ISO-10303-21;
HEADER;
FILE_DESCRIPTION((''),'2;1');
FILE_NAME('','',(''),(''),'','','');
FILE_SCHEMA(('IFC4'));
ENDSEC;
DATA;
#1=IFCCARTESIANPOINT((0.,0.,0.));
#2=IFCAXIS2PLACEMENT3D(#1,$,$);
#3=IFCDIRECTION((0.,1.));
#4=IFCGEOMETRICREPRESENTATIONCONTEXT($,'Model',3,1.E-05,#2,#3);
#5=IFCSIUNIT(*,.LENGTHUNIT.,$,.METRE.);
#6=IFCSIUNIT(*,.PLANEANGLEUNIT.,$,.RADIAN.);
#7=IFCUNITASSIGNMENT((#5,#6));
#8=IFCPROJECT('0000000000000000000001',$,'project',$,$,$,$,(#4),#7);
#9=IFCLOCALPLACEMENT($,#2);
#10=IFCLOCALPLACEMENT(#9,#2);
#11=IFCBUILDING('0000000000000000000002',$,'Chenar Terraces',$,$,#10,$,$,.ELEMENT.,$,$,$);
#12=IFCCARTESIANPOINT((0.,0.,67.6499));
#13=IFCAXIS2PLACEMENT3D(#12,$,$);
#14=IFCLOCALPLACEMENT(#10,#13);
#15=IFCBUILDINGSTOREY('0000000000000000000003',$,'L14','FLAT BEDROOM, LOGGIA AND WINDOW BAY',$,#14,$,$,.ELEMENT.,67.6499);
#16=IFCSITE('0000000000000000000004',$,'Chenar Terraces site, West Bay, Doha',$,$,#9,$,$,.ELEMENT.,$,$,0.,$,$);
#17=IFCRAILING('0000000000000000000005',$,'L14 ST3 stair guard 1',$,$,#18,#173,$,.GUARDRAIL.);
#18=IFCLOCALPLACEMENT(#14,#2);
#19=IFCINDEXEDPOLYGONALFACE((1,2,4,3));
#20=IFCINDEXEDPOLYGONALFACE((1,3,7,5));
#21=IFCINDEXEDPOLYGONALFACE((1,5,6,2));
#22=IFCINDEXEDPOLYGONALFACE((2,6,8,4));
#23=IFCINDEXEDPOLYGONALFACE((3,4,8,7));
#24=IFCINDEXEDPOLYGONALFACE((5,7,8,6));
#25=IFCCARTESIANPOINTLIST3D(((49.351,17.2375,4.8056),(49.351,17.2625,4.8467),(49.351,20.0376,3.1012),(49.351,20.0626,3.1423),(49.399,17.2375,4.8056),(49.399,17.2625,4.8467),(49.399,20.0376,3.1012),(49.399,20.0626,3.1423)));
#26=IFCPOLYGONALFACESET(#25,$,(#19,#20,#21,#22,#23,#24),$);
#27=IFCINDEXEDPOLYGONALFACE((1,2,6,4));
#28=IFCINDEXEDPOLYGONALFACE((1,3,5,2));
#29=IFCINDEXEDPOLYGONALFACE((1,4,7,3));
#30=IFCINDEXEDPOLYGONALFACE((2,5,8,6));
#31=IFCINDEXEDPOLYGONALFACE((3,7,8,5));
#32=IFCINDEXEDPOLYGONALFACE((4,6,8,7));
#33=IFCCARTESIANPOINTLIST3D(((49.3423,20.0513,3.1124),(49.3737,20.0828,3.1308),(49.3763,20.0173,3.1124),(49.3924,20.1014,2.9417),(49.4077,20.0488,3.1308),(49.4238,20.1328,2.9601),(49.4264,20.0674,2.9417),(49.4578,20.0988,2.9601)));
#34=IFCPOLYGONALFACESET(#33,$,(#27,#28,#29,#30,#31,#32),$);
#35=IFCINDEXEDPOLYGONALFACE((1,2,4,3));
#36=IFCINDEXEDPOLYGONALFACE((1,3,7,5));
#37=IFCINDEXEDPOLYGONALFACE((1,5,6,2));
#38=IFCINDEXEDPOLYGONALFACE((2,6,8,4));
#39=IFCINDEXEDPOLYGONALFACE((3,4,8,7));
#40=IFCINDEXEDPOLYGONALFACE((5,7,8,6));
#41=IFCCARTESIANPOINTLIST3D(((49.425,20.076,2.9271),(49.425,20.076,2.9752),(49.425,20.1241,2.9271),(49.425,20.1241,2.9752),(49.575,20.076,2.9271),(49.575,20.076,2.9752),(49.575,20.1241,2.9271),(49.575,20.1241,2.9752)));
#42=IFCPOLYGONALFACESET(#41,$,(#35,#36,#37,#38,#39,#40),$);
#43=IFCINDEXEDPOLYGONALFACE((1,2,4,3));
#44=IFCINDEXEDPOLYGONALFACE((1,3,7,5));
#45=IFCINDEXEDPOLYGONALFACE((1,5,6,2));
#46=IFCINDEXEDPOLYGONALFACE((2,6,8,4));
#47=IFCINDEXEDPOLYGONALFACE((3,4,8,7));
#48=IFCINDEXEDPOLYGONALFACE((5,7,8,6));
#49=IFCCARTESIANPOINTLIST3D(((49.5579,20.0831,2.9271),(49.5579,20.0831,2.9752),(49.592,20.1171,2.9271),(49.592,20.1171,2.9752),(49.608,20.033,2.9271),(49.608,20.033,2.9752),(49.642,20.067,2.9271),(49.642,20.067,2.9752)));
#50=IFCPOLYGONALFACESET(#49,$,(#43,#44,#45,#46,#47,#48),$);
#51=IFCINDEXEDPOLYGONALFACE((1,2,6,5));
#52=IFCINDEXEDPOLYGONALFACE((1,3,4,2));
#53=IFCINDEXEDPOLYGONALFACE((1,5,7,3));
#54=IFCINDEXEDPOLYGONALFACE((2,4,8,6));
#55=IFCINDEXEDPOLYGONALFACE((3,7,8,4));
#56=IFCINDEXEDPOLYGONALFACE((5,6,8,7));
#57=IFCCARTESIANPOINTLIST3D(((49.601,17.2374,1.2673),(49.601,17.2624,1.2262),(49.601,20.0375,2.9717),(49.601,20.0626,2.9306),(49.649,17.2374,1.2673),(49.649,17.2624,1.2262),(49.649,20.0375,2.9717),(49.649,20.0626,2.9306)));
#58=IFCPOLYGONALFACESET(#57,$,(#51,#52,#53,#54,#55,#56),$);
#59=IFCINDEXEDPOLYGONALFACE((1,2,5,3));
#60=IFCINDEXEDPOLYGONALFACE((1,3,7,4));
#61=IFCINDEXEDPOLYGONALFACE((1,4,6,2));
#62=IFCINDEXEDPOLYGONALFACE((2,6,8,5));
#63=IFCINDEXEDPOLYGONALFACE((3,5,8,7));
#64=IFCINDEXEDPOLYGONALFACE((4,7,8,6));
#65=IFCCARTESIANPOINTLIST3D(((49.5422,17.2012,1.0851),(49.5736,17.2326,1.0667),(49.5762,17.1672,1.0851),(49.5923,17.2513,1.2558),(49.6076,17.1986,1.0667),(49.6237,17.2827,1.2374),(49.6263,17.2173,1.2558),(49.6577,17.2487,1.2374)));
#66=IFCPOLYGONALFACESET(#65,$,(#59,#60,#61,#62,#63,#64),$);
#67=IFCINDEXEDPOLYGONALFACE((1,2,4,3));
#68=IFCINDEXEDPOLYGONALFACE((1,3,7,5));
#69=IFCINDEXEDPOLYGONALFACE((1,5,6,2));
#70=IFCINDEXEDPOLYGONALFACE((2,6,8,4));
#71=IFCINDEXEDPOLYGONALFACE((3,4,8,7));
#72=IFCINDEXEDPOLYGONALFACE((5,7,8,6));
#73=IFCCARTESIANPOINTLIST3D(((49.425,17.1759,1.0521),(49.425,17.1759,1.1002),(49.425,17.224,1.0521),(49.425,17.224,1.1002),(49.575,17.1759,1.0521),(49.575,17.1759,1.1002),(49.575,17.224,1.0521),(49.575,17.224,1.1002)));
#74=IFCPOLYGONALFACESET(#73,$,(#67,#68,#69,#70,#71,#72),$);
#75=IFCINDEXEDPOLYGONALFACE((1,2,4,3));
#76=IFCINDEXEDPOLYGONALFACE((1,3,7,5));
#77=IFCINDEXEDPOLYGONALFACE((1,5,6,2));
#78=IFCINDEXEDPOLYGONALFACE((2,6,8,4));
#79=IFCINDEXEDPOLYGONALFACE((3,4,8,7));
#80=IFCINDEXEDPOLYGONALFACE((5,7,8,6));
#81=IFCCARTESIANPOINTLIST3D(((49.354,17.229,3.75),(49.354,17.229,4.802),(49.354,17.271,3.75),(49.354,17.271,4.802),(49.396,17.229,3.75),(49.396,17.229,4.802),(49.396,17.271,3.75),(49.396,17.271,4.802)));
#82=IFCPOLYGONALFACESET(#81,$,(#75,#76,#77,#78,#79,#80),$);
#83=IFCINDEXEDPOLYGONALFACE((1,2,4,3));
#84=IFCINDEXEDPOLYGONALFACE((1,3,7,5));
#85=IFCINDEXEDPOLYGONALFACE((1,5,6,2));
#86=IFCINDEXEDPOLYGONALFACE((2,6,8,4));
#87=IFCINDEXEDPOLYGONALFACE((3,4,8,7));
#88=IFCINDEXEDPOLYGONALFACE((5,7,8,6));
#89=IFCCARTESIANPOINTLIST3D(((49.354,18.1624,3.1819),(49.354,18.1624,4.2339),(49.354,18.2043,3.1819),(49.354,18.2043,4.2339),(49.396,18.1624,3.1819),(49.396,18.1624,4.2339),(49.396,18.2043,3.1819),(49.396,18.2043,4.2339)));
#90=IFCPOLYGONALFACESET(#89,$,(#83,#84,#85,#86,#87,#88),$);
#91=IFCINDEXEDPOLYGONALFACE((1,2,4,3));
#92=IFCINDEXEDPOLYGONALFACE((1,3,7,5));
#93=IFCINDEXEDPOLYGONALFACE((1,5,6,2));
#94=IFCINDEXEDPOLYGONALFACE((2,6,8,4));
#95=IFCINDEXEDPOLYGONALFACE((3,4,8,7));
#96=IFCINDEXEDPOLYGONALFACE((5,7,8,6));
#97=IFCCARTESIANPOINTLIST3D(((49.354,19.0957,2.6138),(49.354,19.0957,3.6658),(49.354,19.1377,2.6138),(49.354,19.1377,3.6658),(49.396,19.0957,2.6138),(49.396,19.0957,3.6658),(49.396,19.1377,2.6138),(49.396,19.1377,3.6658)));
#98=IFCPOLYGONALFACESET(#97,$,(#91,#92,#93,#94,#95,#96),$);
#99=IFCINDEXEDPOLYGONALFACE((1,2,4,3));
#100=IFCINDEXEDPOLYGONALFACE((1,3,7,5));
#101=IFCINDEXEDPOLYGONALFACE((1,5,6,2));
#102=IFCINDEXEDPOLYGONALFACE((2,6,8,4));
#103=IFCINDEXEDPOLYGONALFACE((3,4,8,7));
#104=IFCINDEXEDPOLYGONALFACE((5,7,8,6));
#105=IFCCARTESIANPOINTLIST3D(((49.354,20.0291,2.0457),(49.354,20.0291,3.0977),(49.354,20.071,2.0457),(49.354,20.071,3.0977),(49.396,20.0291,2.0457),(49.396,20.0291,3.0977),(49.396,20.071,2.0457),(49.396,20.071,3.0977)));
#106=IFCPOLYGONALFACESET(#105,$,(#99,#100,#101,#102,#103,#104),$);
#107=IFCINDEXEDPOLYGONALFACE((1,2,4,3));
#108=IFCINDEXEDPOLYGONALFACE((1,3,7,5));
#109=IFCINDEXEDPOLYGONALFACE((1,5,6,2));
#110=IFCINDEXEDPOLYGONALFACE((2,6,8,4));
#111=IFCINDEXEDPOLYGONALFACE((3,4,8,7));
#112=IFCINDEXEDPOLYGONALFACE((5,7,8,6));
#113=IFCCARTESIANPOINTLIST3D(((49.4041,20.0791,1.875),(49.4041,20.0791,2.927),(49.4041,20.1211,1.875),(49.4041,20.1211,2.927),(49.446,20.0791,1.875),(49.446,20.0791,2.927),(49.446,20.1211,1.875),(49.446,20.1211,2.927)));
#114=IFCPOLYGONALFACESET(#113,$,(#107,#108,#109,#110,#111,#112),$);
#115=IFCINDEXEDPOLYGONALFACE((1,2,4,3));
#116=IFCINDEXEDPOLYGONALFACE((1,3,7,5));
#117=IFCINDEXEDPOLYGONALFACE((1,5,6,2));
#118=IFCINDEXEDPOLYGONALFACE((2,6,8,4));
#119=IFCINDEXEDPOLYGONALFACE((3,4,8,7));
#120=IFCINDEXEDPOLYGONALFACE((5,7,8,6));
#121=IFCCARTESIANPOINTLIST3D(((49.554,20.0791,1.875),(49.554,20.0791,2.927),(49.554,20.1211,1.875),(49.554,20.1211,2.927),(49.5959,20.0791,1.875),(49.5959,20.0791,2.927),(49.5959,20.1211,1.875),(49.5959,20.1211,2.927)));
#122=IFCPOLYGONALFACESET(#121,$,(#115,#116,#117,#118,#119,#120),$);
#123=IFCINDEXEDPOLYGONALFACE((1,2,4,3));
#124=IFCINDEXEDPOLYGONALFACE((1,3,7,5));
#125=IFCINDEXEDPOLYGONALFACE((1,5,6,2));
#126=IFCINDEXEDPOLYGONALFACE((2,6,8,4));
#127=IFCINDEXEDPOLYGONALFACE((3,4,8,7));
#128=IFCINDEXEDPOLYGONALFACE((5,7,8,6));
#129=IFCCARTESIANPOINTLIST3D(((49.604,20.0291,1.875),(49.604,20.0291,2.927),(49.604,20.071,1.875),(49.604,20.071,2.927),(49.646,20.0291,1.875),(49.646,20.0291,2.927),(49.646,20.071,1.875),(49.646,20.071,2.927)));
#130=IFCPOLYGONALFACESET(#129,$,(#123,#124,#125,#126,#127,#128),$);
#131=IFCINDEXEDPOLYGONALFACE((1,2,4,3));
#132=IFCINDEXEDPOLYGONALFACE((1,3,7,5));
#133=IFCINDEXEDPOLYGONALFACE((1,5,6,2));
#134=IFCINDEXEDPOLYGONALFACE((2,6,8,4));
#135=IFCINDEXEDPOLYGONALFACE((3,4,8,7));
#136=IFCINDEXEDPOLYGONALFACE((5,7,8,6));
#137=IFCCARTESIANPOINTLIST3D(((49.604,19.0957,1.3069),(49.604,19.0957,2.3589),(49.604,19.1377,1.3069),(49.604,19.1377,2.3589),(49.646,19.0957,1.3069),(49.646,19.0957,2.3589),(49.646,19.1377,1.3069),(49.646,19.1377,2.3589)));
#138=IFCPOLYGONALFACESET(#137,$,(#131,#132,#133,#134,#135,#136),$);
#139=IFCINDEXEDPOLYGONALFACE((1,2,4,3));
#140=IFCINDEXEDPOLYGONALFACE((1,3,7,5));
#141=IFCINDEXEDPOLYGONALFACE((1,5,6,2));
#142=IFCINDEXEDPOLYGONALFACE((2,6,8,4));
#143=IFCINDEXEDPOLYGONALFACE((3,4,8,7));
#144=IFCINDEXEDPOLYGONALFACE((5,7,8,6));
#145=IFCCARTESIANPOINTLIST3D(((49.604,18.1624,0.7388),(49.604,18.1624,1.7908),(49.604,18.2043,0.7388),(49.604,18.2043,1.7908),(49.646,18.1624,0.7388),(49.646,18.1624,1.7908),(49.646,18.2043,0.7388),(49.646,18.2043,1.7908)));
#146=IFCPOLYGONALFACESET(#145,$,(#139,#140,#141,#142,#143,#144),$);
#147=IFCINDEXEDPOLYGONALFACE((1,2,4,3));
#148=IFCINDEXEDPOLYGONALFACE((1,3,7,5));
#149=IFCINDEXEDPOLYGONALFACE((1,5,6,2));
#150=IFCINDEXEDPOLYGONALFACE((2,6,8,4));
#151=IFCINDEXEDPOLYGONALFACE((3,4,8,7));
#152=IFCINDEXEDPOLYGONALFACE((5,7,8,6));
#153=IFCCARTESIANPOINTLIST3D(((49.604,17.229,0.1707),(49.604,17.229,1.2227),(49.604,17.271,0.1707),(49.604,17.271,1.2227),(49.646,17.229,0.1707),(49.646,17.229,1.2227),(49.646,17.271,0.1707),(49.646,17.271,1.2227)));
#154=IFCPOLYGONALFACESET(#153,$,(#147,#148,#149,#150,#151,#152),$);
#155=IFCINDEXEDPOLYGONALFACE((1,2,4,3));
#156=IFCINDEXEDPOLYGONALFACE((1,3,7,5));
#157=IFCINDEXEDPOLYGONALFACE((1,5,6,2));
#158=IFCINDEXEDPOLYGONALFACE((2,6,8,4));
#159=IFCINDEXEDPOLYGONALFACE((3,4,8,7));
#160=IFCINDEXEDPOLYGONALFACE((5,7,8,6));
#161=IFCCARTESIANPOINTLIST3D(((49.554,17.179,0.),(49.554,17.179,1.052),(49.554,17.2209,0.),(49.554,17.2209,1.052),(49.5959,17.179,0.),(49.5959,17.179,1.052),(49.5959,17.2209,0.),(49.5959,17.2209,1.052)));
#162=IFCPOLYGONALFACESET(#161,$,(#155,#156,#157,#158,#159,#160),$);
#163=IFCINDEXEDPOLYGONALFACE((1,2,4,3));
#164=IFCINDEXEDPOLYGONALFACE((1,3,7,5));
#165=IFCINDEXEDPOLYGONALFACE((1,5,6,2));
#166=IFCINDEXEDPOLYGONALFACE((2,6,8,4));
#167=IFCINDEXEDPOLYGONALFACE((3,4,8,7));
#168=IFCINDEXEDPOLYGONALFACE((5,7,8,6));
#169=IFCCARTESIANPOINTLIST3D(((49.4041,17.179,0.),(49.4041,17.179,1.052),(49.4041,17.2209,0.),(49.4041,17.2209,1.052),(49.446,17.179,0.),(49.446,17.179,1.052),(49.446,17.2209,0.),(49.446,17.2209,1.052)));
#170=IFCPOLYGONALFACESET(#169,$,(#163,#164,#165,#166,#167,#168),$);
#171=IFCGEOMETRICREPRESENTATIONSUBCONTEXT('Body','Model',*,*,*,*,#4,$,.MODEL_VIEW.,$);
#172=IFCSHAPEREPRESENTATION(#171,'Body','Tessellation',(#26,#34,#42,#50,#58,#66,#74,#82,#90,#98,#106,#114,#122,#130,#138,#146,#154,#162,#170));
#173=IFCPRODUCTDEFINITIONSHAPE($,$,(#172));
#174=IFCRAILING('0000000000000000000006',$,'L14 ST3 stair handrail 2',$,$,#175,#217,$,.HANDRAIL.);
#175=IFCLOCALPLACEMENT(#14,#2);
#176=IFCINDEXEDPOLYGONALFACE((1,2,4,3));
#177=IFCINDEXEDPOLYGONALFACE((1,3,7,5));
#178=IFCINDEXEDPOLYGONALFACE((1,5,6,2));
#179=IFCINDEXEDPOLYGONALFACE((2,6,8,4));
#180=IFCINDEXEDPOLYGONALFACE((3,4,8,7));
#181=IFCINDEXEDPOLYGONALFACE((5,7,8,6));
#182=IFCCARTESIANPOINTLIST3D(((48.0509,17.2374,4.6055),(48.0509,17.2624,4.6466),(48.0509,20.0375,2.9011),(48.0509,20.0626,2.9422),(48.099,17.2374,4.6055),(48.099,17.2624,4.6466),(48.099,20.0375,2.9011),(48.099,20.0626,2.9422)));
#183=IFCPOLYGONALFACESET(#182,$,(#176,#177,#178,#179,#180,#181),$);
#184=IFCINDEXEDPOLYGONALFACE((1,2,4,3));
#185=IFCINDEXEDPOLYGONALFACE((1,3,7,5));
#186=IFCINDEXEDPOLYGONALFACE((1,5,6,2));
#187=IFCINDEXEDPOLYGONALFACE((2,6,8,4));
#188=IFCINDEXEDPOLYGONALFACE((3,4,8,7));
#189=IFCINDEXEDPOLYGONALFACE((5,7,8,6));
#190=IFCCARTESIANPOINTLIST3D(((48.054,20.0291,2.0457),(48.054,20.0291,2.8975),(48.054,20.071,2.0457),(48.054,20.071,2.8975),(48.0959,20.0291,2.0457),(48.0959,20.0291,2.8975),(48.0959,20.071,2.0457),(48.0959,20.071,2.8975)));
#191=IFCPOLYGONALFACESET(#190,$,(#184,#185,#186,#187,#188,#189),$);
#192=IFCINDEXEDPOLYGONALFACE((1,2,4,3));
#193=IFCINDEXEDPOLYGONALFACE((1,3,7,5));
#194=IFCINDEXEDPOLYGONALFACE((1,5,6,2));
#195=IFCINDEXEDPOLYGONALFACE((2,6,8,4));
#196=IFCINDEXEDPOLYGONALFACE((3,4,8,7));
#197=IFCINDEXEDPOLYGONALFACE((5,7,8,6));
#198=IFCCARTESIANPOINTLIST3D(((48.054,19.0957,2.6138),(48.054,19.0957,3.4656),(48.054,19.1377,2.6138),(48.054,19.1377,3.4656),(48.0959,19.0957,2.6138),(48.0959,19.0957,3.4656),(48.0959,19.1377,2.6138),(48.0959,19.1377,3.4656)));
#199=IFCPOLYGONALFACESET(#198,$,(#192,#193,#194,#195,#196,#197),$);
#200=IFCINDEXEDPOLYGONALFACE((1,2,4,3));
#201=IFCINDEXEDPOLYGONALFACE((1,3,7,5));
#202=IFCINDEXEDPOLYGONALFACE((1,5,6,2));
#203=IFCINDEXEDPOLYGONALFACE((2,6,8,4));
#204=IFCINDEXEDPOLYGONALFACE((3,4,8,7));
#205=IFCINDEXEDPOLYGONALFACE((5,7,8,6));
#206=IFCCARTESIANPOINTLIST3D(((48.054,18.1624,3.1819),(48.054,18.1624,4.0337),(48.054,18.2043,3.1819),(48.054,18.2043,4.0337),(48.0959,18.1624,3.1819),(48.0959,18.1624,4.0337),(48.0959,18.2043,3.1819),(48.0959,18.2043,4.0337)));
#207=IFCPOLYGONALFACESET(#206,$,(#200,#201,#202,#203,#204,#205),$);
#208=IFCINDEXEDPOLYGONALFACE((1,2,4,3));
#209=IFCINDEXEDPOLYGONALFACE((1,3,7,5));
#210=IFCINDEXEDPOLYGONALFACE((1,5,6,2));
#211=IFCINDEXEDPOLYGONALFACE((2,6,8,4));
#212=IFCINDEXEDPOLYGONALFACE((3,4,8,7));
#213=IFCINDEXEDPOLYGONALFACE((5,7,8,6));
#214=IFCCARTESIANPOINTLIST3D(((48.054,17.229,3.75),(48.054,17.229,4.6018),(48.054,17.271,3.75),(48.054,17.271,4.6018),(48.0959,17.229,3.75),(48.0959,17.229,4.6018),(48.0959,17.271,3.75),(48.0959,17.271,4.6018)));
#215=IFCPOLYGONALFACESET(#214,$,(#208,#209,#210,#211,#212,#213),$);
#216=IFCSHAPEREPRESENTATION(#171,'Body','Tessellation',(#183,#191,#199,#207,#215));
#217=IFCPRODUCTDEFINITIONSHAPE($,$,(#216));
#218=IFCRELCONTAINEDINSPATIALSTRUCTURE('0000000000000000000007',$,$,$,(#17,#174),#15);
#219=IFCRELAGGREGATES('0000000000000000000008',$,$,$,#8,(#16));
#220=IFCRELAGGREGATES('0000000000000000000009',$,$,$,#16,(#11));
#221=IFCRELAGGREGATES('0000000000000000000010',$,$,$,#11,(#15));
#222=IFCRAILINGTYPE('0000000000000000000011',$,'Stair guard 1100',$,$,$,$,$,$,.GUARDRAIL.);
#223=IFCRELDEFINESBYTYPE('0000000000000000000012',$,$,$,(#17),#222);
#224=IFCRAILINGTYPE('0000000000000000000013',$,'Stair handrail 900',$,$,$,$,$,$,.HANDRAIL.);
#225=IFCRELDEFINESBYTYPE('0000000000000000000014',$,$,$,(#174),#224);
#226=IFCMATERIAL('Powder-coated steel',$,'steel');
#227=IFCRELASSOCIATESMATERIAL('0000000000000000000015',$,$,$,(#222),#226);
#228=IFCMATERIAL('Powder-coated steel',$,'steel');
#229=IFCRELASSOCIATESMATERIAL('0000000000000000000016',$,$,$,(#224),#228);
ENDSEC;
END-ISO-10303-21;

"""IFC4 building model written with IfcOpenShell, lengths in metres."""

from ifc_helpers import new_model, si_unit, direction, frame, origin, origin_2d, place, context, subcontext, project, spatial, rectangle, extrude, material, type_object, element, save


model = new_model("IFC4")

# Units and contexts
model_context = context("Model", 3, precision=1e-05, world=origin(), true_north=direction((0.0, 1.0)))
body_context = subcontext(model_context, "Body", "Model", "MODEL_VIEW")
ifc_project = project(units=[si_unit("LENGTHUNIT", "METRE"), si_unit("PLANEANGLEUNIT", "RADIAN")], contexts=[model_context])

# Site, building, storey
site_placement = place(None, origin())
site = spatial("IfcSite", under=ifc_project, at=site_placement, Name="Chenar Terraces site, West Bay, Doha", CompositionType="ELEMENT", RefElevation=0.0)
building_placement = place(site_placement, origin())
building = spatial("IfcBuilding", under=site, at=building_placement, Name="Chenar Terraces", CompositionType="ELEMENT")
storey_placement = place(building_placement, frame((0.0, 0.0, 67.6499)))
storey = spatial("IfcBuildingStorey", under=building, at=storey_placement, Name="L14", Description="FLAT BEDROOM, LOGGIA AND WINDOW BAY", CompositionType="ELEMENT", Elevation=67.6499)

# Railings
ifc_material_1 = material(Name="Powder-coated steel", Category="steel")
railing_type_1 = type_object("IfcRailingType", Name="Stair guard 1100", PredefinedType="GUARDRAIL", material=ifc_material_1)
railing_1_placement = place(storey_placement, frame((49.375, 17.25, 3.75)))
element("IfcRailing", 1, at=railing_1_placement, inside=storey, type_object=railing_type_1, Name="L14 ST3 stair guard 1", PredefinedType="GUARDRAIL", context=body_context, shape_type="SweptSolid", body=[
    extrude(rectangle(XDim=0.0481, YDim=0.0481, at=origin_2d()), frame((0.0, 0.0, 1.0762), z_axis=(0.0, 0.854203, -0.51994), x_axis=(-1.0, 0.0, 0.0)), (0.0, 0.0, 1.0), 3.2781),
    extrude(rectangle(XDim=0.0481, YDim=0.0481, at=origin_2d()), frame((0.0, 2.8, -0.6284), z_axis=(0.2709, 0.2709, -0.923703), x_axis=(-0.707107, 0.707107, 0.0)), (0.0, 0.0, 1.0), 0.1848),
    extrude(rectangle(XDim=0.0481, YDim=0.0481, at=origin_2d()), frame((0.05, 2.8501, -0.7988), z_axis=(1.0, 0.0, 0.0), x_axis=(0.0, 1.0, 0.0)), (0.0, 0.0, 1.0), 0.1499),
    extrude(rectangle(XDim=0.0481, YDim=0.0481, at=origin_2d()), frame((0.2, 2.8501, -0.7988), z_axis=(0.707107, -0.707107, 0.0), x_axis=(0.707107, 0.707107, 0.0)), (0.0, 0.0, 1.0), 0.0708),
    extrude(rectangle(XDim=0.0481, YDim=0.0481, at=origin_2d()), frame((0.25, 2.8, -0.7988), z_axis=(0.0, -0.854203, -0.51994), x_axis=(1.0, 0.0, 0.0)), (0.0, 0.0, 1.0), 3.2781),
    extrude(rectangle(XDim=0.0481, YDim=0.0481, at=origin_2d()), frame((0.25, 0.0, -2.5034), z_axis=(-0.2709, -0.2709, -0.923703), x_axis=(0.707107, -0.707107, 0.0)), (0.0, 0.0, 1.0), 0.1848),
    extrude(rectangle(XDim=0.0481, YDim=0.0481, at=origin_2d()), frame((0.2, -0.05, -2.6738), z_axis=(-1.0, 0.0, 0.0), x_axis=(0.0, -1.0, 0.0)), (0.0, 0.0, 1.0), 0.1499),
    extrude(rectangle(XDim=0.042, YDim=0.042, at=origin_2d()), origin(), (0.0, 0.0, 1.0), 1.052),
    extrude(rectangle(XDim=0.042, YDim=0.042, at=origin_2d()), frame((0.0, 0.9333, -0.5681)), (0.0, 0.0, 1.0), 1.052),
    extrude(rectangle(XDim=0.042, YDim=0.042, at=origin_2d()), frame((0.0, 1.8667, -1.1362)), (0.0, 0.0, 1.0), 1.052),
    extrude(rectangle(XDim=0.042, YDim=0.042, at=origin_2d()), frame((0.0, 2.8, -1.7043)), (0.0, 0.0, 1.0), 1.052),
    extrude(rectangle(XDim=0.042, YDim=0.042, at=origin_2d()), frame((0.05, 2.8501, -1.875)), (0.0, 0.0, 1.0), 1.052),
    extrude(rectangle(XDim=0.042, YDim=0.042, at=origin_2d()), frame((0.2, 2.8501, -1.875)), (0.0, 0.0, 1.0), 1.052),
    extrude(rectangle(XDim=0.042, YDim=0.042, at=origin_2d()), frame((0.25, 2.8, -1.875)), (0.0, 0.0, 1.0), 1.052),
    extrude(rectangle(XDim=0.042, YDim=0.042, at=origin_2d()), frame((0.25, 1.8667, -2.4431)), (0.0, 0.0, 1.0), 1.052),
    extrude(rectangle(XDim=0.042, YDim=0.042, at=origin_2d()), frame((0.25, 0.9333, -3.0112)), (0.0, 0.0, 1.0), 1.052),
    extrude(rectangle(XDim=0.042, YDim=0.042, at=origin_2d()), frame((0.25, 0.0, -3.5793)), (0.0, 0.0, 1.0), 1.052),
    extrude(rectangle(XDim=0.042, YDim=0.042, at=origin_2d()), frame((0.2, -0.05, -3.75)), (0.0, 0.0, 1.0), 1.052),
    extrude(rectangle(XDim=0.042, YDim=0.042, at=origin_2d()), frame((0.05, -0.05, -3.75)), (0.0, 0.0, 1.0), 1.052),
])
ifc_material_2 = material(Name="Powder-coated steel", Category="steel")
railing_type_2 = type_object("IfcRailingType", Name="Stair handrail 900", PredefinedType="HANDRAIL", material=ifc_material_2)
railing_2_placement = place(storey_placement, frame((48.075, 20.05, 2.0457)))
element("IfcRailing", 2, at=railing_2_placement, inside=storey, type_object=railing_type_2, Name="L14 ST3 stair handrail 2", PredefinedType="HANDRAIL", context=body_context, shape_type="SweptSolid", body=[
    extrude(rectangle(XDim=0.0481, YDim=0.0481, at=origin_2d()), frame((0.0, 0.0, 0.876), z_axis=(0.0, -0.854203, 0.51994), x_axis=(1.0, 0.0, 0.0)), (0.0, 0.0, 1.0), 3.2781),
    extrude(rectangle(XDim=0.042, YDim=0.042, at=origin_2d()), origin(), (0.0, 0.0, 1.0), 0.8518),
    extrude(rectangle(XDim=0.042, YDim=0.042, at=origin_2d()), frame((0.0, -0.9333, 0.5681)), (0.0, 0.0, 1.0), 0.8518),
    extrude(rectangle(XDim=0.042, YDim=0.042, at=origin_2d()), frame((0.0, -1.8667, 1.1362)), (0.0, 0.0, 1.0), 0.8518),
    extrude(rectangle(XDim=0.042, YDim=0.042, at=origin_2d()), frame((0.0, -2.8, 1.7043)), (0.0, 0.0, 1.0), 0.8518),
])

save(model, "model.ifc")
